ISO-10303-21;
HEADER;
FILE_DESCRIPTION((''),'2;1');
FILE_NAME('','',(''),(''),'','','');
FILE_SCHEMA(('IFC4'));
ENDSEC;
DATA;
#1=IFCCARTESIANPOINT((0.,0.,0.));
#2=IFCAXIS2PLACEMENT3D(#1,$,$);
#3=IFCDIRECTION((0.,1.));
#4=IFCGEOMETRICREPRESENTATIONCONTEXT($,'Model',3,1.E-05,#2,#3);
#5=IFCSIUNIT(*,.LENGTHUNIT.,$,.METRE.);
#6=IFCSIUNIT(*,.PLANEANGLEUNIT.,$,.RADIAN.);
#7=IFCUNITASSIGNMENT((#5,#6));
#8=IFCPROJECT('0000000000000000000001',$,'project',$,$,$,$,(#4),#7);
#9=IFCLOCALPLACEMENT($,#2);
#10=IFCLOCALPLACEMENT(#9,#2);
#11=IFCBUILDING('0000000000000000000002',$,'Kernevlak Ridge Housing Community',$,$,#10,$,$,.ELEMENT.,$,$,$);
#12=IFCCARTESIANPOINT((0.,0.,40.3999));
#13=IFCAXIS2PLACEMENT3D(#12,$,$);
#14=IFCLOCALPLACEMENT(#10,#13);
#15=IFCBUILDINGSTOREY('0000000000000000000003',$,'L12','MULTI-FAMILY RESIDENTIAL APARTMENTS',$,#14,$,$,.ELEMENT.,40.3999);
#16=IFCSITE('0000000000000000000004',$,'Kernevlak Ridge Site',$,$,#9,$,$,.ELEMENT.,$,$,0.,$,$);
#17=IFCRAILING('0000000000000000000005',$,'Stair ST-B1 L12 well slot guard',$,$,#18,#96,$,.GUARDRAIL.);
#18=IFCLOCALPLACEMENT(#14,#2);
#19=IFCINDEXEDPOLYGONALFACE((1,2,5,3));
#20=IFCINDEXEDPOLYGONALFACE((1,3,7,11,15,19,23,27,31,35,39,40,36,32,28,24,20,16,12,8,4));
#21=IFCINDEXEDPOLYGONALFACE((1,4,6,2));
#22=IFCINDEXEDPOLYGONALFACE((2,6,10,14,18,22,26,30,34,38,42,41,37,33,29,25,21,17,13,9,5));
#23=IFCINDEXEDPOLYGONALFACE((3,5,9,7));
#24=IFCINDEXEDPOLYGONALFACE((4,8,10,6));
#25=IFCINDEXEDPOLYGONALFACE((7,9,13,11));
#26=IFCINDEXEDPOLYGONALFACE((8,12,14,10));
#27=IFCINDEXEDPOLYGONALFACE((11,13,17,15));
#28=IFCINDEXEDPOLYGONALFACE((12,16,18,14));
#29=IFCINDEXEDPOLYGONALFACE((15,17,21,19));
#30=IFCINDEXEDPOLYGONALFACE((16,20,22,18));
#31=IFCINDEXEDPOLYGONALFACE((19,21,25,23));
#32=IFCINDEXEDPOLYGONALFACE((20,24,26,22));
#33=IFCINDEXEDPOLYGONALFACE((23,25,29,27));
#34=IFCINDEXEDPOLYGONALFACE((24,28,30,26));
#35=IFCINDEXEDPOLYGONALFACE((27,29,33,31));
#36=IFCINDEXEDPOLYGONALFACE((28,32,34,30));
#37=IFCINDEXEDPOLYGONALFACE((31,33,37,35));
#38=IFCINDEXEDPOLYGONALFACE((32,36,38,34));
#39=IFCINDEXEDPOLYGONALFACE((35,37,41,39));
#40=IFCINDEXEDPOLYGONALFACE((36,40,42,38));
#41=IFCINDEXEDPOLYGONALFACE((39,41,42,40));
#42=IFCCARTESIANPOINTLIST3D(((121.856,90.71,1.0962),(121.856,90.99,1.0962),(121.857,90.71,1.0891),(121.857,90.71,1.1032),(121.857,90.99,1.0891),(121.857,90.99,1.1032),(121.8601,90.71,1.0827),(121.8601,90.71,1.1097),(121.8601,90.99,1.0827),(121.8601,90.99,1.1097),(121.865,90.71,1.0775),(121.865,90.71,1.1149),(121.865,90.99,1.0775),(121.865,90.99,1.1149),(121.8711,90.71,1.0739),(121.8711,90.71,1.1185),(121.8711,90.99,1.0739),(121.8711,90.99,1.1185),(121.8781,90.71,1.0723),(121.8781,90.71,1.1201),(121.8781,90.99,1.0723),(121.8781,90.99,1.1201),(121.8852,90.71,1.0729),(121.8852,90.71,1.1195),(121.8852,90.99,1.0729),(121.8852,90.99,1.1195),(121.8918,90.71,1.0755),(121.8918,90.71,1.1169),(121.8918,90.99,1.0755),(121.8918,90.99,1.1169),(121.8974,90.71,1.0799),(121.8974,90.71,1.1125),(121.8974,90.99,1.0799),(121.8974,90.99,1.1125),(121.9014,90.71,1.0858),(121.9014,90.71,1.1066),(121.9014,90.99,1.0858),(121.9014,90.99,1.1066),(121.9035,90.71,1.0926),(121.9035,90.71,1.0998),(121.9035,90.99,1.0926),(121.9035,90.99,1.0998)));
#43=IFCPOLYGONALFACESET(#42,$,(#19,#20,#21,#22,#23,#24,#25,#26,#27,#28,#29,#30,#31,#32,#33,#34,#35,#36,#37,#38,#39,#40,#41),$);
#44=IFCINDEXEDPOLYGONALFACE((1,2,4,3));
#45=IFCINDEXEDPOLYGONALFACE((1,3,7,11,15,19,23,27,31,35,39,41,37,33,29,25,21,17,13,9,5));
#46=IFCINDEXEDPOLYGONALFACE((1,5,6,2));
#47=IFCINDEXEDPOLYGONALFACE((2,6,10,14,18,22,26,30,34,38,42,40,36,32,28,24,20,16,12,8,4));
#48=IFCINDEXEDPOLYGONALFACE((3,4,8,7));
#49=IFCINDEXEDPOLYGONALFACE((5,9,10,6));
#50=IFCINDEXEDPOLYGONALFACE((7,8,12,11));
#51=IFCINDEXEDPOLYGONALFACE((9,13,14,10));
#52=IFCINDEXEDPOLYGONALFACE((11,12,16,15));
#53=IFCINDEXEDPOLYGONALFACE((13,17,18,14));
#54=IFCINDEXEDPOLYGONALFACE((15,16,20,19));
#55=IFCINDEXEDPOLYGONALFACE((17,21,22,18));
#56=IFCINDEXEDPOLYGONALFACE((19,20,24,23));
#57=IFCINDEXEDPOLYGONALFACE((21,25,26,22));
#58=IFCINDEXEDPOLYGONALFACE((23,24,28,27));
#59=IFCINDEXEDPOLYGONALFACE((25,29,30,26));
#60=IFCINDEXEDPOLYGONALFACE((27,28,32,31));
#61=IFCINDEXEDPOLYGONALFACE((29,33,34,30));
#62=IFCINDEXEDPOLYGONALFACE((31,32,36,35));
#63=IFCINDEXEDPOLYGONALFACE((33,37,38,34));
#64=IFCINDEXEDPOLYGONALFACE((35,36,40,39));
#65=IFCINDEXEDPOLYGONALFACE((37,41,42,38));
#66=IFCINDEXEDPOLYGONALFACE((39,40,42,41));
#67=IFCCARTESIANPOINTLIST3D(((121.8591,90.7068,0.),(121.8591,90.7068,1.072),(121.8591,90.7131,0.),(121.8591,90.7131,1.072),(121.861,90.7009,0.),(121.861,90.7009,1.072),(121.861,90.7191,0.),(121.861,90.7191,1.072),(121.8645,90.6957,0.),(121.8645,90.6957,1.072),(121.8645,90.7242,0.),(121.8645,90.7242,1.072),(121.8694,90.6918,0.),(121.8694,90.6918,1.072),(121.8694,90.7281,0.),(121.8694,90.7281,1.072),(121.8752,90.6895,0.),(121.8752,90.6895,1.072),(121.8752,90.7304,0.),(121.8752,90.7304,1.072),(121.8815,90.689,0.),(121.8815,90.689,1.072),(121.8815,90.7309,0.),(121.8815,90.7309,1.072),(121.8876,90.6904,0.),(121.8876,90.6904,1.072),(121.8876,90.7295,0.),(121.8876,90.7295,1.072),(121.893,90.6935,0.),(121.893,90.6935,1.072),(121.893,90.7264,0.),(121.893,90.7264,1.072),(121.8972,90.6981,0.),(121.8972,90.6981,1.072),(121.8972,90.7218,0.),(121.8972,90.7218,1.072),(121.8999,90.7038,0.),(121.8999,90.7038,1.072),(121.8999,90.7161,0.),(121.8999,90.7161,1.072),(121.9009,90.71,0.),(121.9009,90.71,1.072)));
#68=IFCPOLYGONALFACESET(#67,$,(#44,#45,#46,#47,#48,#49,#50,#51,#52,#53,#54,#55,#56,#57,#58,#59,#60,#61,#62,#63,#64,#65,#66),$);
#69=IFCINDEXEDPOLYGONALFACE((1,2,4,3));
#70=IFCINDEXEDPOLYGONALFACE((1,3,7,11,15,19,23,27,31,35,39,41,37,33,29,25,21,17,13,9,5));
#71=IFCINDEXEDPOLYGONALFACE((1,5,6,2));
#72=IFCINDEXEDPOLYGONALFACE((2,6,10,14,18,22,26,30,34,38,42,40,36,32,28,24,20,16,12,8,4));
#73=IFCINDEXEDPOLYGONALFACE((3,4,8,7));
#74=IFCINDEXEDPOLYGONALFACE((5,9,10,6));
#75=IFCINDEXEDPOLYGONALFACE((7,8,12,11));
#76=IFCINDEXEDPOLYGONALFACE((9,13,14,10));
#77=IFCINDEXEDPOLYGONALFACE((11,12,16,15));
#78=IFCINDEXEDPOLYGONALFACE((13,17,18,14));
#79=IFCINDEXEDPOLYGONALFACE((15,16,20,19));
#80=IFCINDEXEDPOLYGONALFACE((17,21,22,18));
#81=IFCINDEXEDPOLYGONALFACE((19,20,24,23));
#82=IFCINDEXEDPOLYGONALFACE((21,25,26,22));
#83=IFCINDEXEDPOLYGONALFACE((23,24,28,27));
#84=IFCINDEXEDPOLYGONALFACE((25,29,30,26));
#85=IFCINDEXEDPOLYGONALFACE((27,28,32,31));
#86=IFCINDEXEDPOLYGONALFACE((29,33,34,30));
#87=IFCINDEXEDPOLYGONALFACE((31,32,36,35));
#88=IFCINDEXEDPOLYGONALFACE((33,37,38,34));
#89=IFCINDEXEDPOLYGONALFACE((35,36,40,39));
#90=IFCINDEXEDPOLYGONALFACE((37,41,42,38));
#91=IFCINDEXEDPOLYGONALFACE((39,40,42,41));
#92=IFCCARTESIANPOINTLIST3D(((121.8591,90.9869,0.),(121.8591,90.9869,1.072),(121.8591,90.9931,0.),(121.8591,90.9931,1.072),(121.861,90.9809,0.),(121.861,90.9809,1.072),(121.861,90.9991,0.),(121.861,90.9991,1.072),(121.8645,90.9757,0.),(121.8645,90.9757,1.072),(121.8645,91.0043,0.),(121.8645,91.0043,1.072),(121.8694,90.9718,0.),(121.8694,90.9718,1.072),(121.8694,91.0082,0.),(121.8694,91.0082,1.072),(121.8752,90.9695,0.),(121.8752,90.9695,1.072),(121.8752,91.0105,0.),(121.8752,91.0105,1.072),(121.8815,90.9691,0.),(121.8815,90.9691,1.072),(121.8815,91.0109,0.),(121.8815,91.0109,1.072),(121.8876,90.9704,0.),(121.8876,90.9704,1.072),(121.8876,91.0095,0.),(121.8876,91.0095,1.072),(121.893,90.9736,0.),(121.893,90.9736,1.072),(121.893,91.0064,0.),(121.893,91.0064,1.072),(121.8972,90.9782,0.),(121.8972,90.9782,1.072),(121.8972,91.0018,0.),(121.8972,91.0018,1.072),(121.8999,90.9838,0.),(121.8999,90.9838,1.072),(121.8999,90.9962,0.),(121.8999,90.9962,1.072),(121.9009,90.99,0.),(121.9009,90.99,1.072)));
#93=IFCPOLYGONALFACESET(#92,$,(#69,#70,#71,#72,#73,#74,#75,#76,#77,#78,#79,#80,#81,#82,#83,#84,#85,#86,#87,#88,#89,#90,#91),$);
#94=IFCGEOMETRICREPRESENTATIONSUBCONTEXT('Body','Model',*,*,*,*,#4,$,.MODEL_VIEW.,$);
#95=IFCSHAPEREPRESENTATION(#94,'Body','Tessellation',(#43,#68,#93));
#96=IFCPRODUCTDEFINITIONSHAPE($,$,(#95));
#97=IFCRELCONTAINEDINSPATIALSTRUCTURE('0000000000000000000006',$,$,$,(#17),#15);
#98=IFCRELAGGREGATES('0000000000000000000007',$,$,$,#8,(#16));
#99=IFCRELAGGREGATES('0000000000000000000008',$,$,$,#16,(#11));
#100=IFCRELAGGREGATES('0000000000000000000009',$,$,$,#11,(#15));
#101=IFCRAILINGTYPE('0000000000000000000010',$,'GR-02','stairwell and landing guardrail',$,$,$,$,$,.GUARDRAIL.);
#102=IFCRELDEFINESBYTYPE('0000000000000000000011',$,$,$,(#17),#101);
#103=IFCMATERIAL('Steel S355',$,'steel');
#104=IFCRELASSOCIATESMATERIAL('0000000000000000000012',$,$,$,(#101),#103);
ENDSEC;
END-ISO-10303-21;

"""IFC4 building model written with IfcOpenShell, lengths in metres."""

from ifc_helpers import new_model, si_unit, direction, frame, origin, origin_2d, place, context, subcontext, project, spatial, circle, extrude, material, type_object, element, save


model = new_model("IFC4")

# Units and contexts
model_context = context("Model", 3, precision=1e-05, world=origin(), true_north=direction((0.0, 1.0)))
body_context = subcontext(model_context, "Body", "Model", "MODEL_VIEW")
ifc_project = project(units=[si_unit("LENGTHUNIT", "METRE"), si_unit("PLANEANGLEUNIT", "RADIAN")], contexts=[model_context])

# Site, building, storey
site_placement = place(None, origin())
site = spatial("IfcSite", under=ifc_project, at=site_placement, Name="Kernevlak Ridge Site", CompositionType="ELEMENT", RefElevation=0.0)
building_placement = place(site_placement, origin())
building = spatial("IfcBuilding", under=site, at=building_placement, Name="Kernevlak Ridge Housing Community", CompositionType="ELEMENT")
storey_placement = place(building_placement, frame((0.0, 0.0, 40.3999)))
storey = spatial("IfcBuildingStorey", under=building, at=storey_placement, Name="L12", Description="MULTI-FAMILY RESIDENTIAL APARTMENTS", CompositionType="ELEMENT", Elevation=40.3999)

# Railing
ifc_material_1 = material(Name="Steel S355", Category="steel")
railing_type_1 = type_object("IfcRailingType", Name="GR-02", Description="stairwell and landing guardrail", PredefinedType="GUARDRAIL", material=ifc_material_1)
railing_1_placement = place(storey_placement, frame((121.8799, 90.71, 0.0)))
element("IfcRailing", 1, at=railing_1_placement, inside=storey, type_object=railing_type_1, Name="Stair ST-B1 L12 well slot guard", PredefinedType="GUARDRAIL", context=body_context, shape_type="SweptSolid", body=[
    extrude(circle(Radius=0.0239, at=origin_2d()), frame((0.0, 0.0, 1.0962), z_axis=(0.0, 1.0, 0.0), x_axis=(-1.0, 0.0, 0.0)), (0.0, 0.0, 1.0), 0.28),
    extrude(circle(Radius=0.021, at=origin_2d()), origin(), (0.0, 0.0, 1.0), 1.072),
    extrude(circle(Radius=0.021, at=origin_2d()), frame((0.0, 0.28, 0.0)), (0.0, 0.0, 1.0), 1.072),
])

save(model, "model.ifc")
